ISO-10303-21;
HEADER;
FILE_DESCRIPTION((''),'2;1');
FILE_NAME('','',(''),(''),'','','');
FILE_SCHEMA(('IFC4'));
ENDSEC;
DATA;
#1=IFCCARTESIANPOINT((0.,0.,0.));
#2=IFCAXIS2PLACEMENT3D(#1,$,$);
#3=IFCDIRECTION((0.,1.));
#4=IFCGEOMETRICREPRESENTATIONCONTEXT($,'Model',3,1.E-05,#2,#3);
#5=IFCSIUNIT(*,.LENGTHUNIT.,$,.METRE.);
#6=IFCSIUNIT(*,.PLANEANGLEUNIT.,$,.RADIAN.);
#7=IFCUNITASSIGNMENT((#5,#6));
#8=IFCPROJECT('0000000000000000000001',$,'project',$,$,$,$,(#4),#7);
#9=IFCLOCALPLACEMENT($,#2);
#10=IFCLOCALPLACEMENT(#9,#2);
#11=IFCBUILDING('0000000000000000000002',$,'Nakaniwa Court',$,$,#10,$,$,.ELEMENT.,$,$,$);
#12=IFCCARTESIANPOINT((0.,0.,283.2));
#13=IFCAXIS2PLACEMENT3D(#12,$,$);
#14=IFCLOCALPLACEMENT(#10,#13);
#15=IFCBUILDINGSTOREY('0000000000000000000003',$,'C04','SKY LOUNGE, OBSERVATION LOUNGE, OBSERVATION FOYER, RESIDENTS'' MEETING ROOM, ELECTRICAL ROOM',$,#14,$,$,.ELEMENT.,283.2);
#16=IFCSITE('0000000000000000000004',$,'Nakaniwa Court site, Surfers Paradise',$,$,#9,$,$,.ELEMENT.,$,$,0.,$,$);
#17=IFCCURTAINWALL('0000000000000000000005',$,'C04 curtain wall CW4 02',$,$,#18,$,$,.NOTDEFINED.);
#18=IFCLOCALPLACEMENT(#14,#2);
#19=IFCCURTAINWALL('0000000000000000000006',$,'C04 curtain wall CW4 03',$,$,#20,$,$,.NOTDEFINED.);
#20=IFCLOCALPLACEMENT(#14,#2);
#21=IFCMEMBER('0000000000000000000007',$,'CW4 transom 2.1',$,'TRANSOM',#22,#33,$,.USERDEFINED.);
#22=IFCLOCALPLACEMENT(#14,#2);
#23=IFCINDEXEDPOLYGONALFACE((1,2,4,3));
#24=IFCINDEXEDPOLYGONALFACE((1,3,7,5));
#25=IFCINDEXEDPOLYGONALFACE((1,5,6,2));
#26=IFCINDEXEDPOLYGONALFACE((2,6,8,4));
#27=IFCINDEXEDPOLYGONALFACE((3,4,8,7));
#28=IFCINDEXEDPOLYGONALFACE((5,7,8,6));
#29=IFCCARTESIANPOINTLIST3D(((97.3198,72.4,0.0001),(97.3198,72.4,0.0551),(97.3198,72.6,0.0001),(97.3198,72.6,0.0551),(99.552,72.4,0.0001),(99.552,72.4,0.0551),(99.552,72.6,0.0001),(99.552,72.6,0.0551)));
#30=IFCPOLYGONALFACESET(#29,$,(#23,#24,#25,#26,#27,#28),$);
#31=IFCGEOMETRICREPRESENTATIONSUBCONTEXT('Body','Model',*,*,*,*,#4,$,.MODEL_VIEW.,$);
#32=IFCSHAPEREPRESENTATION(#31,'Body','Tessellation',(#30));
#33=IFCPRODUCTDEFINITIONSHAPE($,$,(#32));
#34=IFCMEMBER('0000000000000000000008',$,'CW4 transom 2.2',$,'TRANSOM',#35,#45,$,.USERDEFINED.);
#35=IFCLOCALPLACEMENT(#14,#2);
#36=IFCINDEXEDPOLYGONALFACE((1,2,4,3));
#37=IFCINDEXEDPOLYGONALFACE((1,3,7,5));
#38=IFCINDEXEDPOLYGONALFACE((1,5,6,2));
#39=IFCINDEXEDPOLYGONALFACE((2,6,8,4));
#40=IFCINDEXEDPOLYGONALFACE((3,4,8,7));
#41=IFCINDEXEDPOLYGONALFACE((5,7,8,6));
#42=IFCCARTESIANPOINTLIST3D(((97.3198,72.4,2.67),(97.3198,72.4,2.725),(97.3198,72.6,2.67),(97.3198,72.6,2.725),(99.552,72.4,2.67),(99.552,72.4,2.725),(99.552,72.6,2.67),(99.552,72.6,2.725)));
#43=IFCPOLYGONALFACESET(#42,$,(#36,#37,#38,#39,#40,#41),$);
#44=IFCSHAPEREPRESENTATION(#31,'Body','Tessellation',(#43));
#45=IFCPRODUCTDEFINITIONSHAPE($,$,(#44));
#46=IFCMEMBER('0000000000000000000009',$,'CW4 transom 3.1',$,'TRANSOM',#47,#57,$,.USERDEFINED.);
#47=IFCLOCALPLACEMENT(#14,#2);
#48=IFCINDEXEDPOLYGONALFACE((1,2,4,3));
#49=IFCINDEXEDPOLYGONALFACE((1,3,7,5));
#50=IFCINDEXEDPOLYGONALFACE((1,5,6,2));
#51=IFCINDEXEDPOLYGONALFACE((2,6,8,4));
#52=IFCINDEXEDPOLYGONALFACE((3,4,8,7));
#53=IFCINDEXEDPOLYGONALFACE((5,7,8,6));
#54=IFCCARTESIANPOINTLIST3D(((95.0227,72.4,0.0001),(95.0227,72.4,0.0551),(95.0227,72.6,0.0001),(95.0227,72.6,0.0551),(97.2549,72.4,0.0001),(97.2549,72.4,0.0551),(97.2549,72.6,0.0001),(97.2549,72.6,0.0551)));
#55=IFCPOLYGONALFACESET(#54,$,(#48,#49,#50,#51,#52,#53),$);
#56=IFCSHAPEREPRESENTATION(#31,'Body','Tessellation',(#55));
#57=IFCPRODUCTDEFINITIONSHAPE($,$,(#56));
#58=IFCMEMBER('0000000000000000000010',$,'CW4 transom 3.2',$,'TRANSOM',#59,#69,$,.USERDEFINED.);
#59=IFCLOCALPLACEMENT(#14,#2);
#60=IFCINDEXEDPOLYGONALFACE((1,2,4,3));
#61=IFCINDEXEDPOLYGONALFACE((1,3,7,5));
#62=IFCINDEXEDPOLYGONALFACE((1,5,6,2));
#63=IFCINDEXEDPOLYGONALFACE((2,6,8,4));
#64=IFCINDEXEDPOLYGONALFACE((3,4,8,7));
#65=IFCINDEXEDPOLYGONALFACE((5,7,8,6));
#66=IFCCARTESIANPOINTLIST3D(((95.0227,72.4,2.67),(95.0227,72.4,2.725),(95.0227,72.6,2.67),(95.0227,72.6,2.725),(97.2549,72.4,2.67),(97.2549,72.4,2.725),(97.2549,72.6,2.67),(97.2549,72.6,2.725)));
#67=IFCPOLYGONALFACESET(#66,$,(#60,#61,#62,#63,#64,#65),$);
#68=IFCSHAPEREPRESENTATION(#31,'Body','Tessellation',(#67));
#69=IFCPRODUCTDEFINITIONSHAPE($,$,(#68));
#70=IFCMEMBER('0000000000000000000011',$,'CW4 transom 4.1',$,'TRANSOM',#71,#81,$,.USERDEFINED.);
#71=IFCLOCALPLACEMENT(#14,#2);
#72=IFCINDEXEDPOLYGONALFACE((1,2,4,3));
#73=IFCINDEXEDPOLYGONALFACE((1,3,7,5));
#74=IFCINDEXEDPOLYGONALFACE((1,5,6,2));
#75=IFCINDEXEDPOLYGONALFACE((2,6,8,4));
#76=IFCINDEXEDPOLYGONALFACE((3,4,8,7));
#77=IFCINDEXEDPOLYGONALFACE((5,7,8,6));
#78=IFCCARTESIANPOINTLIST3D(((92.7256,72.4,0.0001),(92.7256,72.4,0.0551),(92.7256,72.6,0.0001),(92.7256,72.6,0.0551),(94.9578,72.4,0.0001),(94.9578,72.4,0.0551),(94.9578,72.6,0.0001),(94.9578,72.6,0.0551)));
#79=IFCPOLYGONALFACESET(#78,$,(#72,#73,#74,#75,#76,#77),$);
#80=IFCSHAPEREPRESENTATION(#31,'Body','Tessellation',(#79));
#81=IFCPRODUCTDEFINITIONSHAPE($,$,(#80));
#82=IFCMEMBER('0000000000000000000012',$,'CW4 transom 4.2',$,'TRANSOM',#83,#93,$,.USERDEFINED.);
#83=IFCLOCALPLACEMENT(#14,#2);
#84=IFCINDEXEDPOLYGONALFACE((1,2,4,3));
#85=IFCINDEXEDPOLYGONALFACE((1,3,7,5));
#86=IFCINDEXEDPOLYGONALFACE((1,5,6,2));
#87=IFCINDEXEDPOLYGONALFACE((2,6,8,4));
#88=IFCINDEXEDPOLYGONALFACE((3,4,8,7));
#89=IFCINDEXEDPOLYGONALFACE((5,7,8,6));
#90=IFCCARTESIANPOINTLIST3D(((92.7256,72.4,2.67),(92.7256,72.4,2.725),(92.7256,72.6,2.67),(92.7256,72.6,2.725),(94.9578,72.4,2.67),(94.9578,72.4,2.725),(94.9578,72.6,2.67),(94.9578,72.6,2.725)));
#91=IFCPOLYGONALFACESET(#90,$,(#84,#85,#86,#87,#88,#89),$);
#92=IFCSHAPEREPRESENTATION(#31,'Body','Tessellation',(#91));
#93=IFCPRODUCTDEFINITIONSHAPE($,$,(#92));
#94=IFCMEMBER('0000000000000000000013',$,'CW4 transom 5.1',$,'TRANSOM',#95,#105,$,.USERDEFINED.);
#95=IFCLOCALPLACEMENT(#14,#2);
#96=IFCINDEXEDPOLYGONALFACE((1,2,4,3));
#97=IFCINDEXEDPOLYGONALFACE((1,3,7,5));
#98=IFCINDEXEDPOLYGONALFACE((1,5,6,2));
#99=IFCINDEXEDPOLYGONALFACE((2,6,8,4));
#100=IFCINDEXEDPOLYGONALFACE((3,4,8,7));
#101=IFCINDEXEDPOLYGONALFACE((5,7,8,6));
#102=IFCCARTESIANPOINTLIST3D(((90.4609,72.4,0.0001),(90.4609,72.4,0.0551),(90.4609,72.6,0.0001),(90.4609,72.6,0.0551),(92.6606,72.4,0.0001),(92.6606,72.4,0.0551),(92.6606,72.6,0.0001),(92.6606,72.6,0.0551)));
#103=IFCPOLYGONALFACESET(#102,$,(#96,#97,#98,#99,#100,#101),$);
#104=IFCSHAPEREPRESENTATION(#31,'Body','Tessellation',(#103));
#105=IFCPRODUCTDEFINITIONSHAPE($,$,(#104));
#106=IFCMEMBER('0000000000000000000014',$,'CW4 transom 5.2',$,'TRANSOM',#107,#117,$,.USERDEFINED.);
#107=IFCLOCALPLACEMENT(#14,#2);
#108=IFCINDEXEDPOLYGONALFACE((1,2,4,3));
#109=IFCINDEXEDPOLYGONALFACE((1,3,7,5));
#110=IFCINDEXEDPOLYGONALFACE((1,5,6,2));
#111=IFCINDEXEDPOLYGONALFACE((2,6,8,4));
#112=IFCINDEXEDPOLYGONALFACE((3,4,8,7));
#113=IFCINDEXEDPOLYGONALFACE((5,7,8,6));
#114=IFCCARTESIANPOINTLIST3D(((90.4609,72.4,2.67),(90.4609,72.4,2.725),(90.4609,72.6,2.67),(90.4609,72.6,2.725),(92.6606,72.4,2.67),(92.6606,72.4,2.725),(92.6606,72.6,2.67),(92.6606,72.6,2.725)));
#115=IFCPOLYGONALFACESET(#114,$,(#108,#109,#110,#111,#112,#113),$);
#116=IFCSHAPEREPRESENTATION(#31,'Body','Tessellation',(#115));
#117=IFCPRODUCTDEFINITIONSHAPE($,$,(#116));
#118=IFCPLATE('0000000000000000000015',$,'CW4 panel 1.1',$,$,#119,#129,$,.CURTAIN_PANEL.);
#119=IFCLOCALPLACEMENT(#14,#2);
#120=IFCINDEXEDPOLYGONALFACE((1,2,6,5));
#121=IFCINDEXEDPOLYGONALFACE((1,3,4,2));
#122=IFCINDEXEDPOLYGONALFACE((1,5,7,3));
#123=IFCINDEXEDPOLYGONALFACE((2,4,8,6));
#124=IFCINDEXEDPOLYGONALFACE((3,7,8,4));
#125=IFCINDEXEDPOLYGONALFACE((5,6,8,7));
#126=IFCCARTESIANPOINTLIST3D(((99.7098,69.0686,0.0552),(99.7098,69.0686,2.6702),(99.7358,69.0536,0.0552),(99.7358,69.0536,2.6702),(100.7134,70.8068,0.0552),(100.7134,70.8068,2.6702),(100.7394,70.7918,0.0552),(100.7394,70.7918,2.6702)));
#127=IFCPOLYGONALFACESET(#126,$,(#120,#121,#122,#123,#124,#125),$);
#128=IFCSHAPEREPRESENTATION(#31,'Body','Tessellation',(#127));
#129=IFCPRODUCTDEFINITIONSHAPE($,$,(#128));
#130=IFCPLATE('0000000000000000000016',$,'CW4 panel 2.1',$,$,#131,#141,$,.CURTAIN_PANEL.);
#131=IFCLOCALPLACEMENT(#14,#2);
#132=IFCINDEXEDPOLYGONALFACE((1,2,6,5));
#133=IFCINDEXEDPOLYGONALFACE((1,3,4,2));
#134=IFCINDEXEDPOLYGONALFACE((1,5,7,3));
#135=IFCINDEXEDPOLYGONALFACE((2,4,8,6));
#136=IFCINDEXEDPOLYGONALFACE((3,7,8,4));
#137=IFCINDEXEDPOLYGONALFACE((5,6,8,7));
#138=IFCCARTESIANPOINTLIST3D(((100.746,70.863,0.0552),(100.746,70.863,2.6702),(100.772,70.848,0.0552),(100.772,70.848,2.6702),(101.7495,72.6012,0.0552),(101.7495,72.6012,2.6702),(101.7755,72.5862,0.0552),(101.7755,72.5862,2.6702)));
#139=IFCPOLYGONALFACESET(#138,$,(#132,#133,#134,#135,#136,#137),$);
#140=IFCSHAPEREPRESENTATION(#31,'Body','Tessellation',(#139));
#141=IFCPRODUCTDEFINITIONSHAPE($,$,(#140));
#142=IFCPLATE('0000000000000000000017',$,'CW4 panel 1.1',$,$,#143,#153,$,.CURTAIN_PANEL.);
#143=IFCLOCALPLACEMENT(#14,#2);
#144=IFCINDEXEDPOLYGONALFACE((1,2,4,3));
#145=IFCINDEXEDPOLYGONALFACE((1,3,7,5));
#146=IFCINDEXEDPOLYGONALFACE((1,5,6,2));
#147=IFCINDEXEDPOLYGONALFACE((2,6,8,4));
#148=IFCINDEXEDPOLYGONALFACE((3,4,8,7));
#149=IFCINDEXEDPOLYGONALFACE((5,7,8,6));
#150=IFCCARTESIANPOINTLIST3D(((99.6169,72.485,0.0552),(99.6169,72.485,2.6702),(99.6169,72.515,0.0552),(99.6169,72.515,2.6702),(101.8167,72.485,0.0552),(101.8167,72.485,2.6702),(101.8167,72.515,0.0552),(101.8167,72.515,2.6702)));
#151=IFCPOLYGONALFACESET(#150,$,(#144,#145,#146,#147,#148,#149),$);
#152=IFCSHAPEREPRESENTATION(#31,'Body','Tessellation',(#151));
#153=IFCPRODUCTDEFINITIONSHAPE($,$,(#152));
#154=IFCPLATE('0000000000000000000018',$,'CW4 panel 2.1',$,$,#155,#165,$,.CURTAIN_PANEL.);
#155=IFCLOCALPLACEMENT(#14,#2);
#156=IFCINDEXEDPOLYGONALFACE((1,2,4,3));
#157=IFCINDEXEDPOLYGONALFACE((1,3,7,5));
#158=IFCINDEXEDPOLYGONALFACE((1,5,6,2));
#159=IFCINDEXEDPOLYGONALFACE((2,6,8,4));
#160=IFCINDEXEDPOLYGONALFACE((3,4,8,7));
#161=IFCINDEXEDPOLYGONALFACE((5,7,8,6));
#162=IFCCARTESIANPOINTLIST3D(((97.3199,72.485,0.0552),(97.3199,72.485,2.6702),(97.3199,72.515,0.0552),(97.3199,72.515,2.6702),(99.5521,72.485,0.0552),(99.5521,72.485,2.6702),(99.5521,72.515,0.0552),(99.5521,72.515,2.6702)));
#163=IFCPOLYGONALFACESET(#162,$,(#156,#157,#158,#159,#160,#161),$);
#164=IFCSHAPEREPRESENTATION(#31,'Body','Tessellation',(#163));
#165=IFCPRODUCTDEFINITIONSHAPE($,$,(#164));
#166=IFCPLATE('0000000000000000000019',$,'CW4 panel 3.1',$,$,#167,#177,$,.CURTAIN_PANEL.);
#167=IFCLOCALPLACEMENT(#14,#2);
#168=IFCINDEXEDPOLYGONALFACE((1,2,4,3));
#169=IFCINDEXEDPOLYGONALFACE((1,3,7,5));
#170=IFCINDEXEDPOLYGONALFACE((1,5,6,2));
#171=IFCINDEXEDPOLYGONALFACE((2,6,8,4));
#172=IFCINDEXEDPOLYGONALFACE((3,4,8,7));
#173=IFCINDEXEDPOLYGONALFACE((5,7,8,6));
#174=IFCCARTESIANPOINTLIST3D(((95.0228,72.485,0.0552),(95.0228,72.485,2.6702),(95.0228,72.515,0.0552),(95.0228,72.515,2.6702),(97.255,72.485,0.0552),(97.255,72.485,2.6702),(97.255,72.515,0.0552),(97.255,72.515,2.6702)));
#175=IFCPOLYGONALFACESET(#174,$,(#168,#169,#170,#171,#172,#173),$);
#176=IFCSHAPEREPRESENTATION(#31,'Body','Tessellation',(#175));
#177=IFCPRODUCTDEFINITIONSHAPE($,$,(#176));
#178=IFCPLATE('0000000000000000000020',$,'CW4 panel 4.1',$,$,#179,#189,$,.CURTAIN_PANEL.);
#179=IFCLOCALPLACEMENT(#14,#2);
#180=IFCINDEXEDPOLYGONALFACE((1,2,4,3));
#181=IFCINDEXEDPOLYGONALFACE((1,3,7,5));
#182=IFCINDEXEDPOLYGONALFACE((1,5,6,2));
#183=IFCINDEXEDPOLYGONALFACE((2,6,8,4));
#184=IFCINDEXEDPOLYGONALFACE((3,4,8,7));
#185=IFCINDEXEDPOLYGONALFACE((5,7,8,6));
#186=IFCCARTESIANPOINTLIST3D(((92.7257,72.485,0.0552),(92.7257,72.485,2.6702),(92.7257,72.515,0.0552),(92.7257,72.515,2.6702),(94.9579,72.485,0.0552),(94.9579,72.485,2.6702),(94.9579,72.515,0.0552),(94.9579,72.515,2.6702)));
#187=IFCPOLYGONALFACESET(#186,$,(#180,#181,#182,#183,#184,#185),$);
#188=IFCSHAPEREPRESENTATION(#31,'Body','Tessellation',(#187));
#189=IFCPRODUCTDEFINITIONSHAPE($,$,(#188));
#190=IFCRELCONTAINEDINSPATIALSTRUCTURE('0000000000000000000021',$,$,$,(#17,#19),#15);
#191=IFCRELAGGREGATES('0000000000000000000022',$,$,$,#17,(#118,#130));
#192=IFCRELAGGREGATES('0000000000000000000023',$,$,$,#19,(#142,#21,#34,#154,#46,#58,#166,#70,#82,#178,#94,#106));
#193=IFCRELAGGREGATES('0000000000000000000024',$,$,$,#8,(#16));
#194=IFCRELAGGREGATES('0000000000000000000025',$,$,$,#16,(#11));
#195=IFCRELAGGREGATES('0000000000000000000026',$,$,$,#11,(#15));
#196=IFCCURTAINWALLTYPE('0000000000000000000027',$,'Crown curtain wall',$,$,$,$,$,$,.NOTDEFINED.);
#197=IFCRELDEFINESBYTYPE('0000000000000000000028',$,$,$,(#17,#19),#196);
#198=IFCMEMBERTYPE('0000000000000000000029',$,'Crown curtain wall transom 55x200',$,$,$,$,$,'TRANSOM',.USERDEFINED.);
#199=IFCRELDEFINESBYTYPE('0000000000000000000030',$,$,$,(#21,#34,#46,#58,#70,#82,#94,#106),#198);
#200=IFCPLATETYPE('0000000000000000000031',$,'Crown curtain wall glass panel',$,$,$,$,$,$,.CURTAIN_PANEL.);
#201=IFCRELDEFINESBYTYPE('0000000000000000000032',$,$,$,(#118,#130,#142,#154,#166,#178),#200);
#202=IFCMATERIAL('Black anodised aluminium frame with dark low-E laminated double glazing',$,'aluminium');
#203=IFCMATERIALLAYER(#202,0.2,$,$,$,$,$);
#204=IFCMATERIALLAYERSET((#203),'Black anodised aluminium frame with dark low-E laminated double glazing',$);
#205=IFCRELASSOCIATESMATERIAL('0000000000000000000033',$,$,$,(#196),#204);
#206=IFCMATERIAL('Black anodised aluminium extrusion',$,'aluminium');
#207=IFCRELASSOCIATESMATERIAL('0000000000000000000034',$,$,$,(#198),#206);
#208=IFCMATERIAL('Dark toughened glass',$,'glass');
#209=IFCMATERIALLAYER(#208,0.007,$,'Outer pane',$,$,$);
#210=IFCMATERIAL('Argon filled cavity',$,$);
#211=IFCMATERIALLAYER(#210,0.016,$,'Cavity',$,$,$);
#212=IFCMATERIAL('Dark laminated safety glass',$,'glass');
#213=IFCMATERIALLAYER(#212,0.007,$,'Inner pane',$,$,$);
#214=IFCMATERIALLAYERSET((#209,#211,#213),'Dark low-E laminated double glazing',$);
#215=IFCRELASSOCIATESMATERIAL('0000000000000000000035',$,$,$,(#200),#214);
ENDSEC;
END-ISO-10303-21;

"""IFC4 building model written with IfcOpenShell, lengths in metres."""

from ifc_helpers import new_model, si_unit, direction, frame, origin, origin_2d, place, context, subcontext, project, spatial, rectangle, extrude, material, layer, layer_set, material_profile, profile_set, type_object, element, aggregate, save


model = new_model("IFC4")

# Units and contexts
model_context = context("Model", 3, precision=1e-05, world=origin(), true_north=direction((0.0, 1.0)))
body_context = subcontext(model_context, "Body", "Model", "MODEL_VIEW")
ifc_project = project(units=[si_unit("LENGTHUNIT", "METRE"), si_unit("PLANEANGLEUNIT", "RADIAN")], contexts=[model_context])

# Site, building, storey
site_placement = place(None, origin())
site = spatial("IfcSite", under=ifc_project, at=site_placement, Name="Nakaniwa Court site, Surfers Paradise", CompositionType="ELEMENT", RefElevation=0.0)
building_placement = place(site_placement, origin())
building = spatial("IfcBuilding", under=site, at=building_placement, Name="Nakaniwa Court", CompositionType="ELEMENT")
storey_placement = place(building_placement, frame((0.0, 0.0, 283.2)))
storey = spatial("IfcBuildingStorey", under=building, at=storey_placement, Name="C04", Description="SKY LOUNGE, OBSERVATION LOUNGE, OBSERVATION FOYER, RESIDENTS' MEETING ROOM, ELECTRICAL ROOM", CompositionType="ELEMENT", Elevation=283.2)

# Curtain walls
ifc_material_1 = material(Name="Black anodised aluminium frame with dark low-E laminated double glazing", Category="aluminium")
ifc_layer_1 = layer(ifc_material_1, 0.2)
ifc_layer_set_1 = layer_set([ifc_layer_1], Name="Black anodised aluminium frame with dark low-E laminated double glazing")
curtain_wall_type = type_object("IfcCurtainWallType", Name="Crown curtain wall", PredefinedType="NOTDEFINED", material=ifc_layer_set_1)
curtain_wall_1_placement = place(storey_placement, origin())
curtain_wall_1 = element("IfcCurtainWall", 1, at=curtain_wall_1_placement, inside=storey, type_object=curtain_wall_type, Name="C04 curtain wall CW4 02", PredefinedType="NOTDEFINED")
ifc_material_2 = material(Name="Black anodised aluminium extrusion", Category="aluminium")
curtain_wall_2_placement = place(storey_placement, origin())
curtain_wall_2 = element("IfcCurtainWall", 2, at=curtain_wall_2_placement, inside=storey, type_object=curtain_wall_type, Name="C04 curtain wall CW4 03", PredefinedType="NOTDEFINED")

# Members
ifc_material_profile_1 = material_profile(ifc_material_2, rectangle(XDim=0.2, YDim=0.0549, at=origin_2d()), Name="Crown curtain wall transom 55x200")
ifc_profile_set_1 = profile_set([ifc_material_profile_1], Name="Black anodised aluminium extrusion")
member_type_1 = type_object("IfcMemberType", Name="Crown curtain wall transom 55x200", ElementType="TRANSOM", PredefinedType="USERDEFINED", material=ifc_profile_set_1)
member_1_placement = place(storey_placement, frame((99.552, 72.5, 0.0276), z_axis=(-1.0, 0.0, 0.0), x_axis=(0.0, -1.0, 0.0)))
member_1 = element("IfcMember", 3, at=member_1_placement, type_object=member_type_1, Name="CW4 transom 2.1", ObjectType="TRANSOM", PredefinedType="USERDEFINED", context=body_context, shape_type="SweptSolid", body=[
    extrude(rectangle(XDim=0.2, YDim=0.0549, at=origin_2d()), origin(), (0.0, 0.0, 1.0), 2.2322),
])
member_2_placement = place(storey_placement, frame((99.552, 72.5, 2.6975), z_axis=(-1.0, 0.0, 0.0), x_axis=(0.0, -1.0, 0.0)))
member_2 = element("IfcMember", 4, at=member_2_placement, type_object=member_type_1, Name="CW4 transom 2.2", ObjectType="TRANSOM", PredefinedType="USERDEFINED", context=body_context, shape_type="SweptSolid", body=[
    extrude(rectangle(XDim=0.2, YDim=0.0549, at=origin_2d()), origin(), (0.0, 0.0, 1.0), 2.2322),
])
member_3_placement = place(storey_placement, frame((97.2549, 72.5, 0.0276), z_axis=(-1.0, 0.0, 0.0), x_axis=(0.0, -1.0, 0.0)))
member_3 = element("IfcMember", 5, at=member_3_placement, type_object=member_type_1, Name="CW4 transom 3.1", ObjectType="TRANSOM", PredefinedType="USERDEFINED", context=body_context, shape_type="SweptSolid", body=[
    extrude(rectangle(XDim=0.2, YDim=0.0549, at=origin_2d()), origin(), (0.0, 0.0, 1.0), 2.2322),
])
member_4_placement = place(storey_placement, frame((97.2549, 72.5, 2.6975), z_axis=(-1.0, 0.0, 0.0), x_axis=(0.0, -1.0, 0.0)))
member_4 = element("IfcMember", 6, at=member_4_placement, type_object=member_type_1, Name="CW4 transom 3.2", ObjectType="TRANSOM", PredefinedType="USERDEFINED", context=body_context, shape_type="SweptSolid", body=[
    extrude(rectangle(XDim=0.2, YDim=0.0549, at=origin_2d()), origin(), (0.0, 0.0, 1.0), 2.2322),
])
member_5_placement = place(storey_placement, frame((94.9578, 72.5, 0.0276), z_axis=(-1.0, 0.0, 0.0), x_axis=(0.0, -1.0, 0.0)))
member_5 = element("IfcMember", 7, at=member_5_placement, type_object=member_type_1, Name="CW4 transom 4.1", ObjectType="TRANSOM", PredefinedType="USERDEFINED", context=body_context, shape_type="SweptSolid", body=[
    extrude(rectangle(XDim=0.2, YDim=0.0549, at=origin_2d()), origin(), (0.0, 0.0, 1.0), 2.2322),
])
member_6_placement = place(storey_placement, frame((94.9578, 72.5, 2.6975), z_axis=(-1.0, 0.0, 0.0), x_axis=(0.0, -1.0, 0.0)))
member_6 = element("IfcMember", 8, at=member_6_placement, type_object=member_type_1, Name="CW4 transom 4.2", ObjectType="TRANSOM", PredefinedType="USERDEFINED", context=body_context, shape_type="SweptSolid", body=[
    extrude(rectangle(XDim=0.2, YDim=0.0549, at=origin_2d()), origin(), (0.0, 0.0, 1.0), 2.2322),
])
member_7_placement = place(storey_placement, frame((92.6606, 72.5, 0.0276), z_axis=(-1.0, 0.0, 0.0), x_axis=(0.0, -1.0, 0.0)))
member_7 = element("IfcMember", 9, at=member_7_placement, type_object=member_type_1, Name="CW4 transom 5.1", ObjectType="TRANSOM", PredefinedType="USERDEFINED", context=body_context, shape_type="SweptSolid", body=[
    extrude(rectangle(XDim=0.2, YDim=0.0549, at=origin_2d()), origin(), (0.0, 0.0, 1.0), 2.1997),
])
member_8_placement = place(storey_placement, frame((92.6606, 72.5, 2.6975), z_axis=(-1.0, 0.0, 0.0), x_axis=(0.0, -1.0, 0.0)))
member_8 = element("IfcMember", 10, at=member_8_placement, type_object=member_type_1, Name="CW4 transom 5.2", ObjectType="TRANSOM", PredefinedType="USERDEFINED", context=body_context, shape_type="SweptSolid", body=[
    extrude(rectangle(XDim=0.2, YDim=0.0549, at=origin_2d()), origin(), (0.0, 0.0, 1.0), 2.1997),
])

# Plates
ifc_material_3 = material(Name="Dark toughened glass", Category="glass")
ifc_layer_2 = layer(ifc_material_3, 0.007, Name="Outer pane")
ifc_material_4 = material(Name="Argon filled cavity")
ifc_layer_3 = layer(ifc_material_4, 0.016, Name="Cavity")
ifc_material_5 = material(Name="Dark laminated safety glass", Category="glass")
ifc_layer_4 = layer(ifc_material_5, 0.007, Name="Inner pane")
ifc_layer_set_2 = layer_set([ifc_layer_2, ifc_layer_3, ifc_layer_4], Name="Dark low-E laminated double glazing")
plate_type = type_object("IfcPlateType", Name="Crown curtain wall glass panel", PredefinedType="CURTAIN_PANEL", material=ifc_layer_set_2)
plate_1_placement = place(storey_placement, frame((100.2246, 69.9302, 0.0552), z_axis=(0.0, 0.0, 1.0), x_axis=(0.500008, 0.866021, 0.0)))
plate_1 = element("IfcPlate", 11, at=plate_1_placement, type_object=plate_type, Name="CW4 panel 1.1", PredefinedType="CURTAIN_PANEL", context=body_context, shape_type="SweptSolid", body=[
    extrude(rectangle(XDim=2.0071, YDim=0.03, at=origin_2d()), origin(), (0.0, 0.0, 1.0), 2.615),
])
plate_2_placement = place(storey_placement, frame((101.2607, 71.7246, 0.0552), z_axis=(0.0, 0.0, 1.0), x_axis=(0.500008, 0.866021, 0.0)))
plate_2 = element("IfcPlate", 12, at=plate_2_placement, type_object=plate_type, Name="CW4 panel 2.1", PredefinedType="CURTAIN_PANEL", context=body_context, shape_type="SweptSolid", body=[
    extrude(rectangle(XDim=2.0071, YDim=0.03, at=origin_2d()), origin(), (0.0, 0.0, 1.0), 2.615),
])
aggregate(curtain_wall_1, [plate_1, plate_2])
plate_3_placement = place(storey_placement, frame((100.7168, 72.5, 0.0552), z_axis=(0.0, 0.0, 1.0), x_axis=(-1.0, 0.0, 0.0)))
plate_3 = element("IfcPlate", 13, at=plate_3_placement, type_object=plate_type, Name="CW4 panel 1.1", PredefinedType="CURTAIN_PANEL", context=body_context, shape_type="SweptSolid", body=[
    extrude(rectangle(XDim=2.1997, YDim=0.03, at=origin_2d()), origin(), (0.0, 0.0, 1.0), 2.615),
])
plate_4_placement = place(storey_placement, frame((98.436, 72.5, 0.0552), z_axis=(0.0, 0.0, 1.0), x_axis=(-1.0, 0.0, 0.0)))
plate_4 = element("IfcPlate", 14, at=plate_4_placement, type_object=plate_type, Name="CW4 panel 2.1", PredefinedType="CURTAIN_PANEL", context=body_context, shape_type="SweptSolid", body=[
    extrude(rectangle(XDim=2.2322, YDim=0.03, at=origin_2d()), origin(), (0.0, 0.0, 1.0), 2.615),
])
plate_5_placement = place(storey_placement, frame((96.1389, 72.5, 0.0552), z_axis=(0.0, 0.0, 1.0), x_axis=(-1.0, 0.0, 0.0)))
plate_5 = element("IfcPlate", 15, at=plate_5_placement, type_object=plate_type, Name="CW4 panel 3.1", PredefinedType="CURTAIN_PANEL", context=body_context, shape_type="SweptSolid", body=[
    extrude(rectangle(XDim=2.2322, YDim=0.03, at=origin_2d()), origin(), (0.0, 0.0, 1.0), 2.615),
])
plate_6_placement = place(storey_placement, frame((93.8418, 72.5, 0.0552), z_axis=(0.0, 0.0, 1.0), x_axis=(-1.0, 0.0, 0.0)))
plate_6 = element("IfcPlate", 16, at=plate_6_placement, type_object=plate_type, Name="CW4 panel 4.1", PredefinedType="CURTAIN_PANEL", context=body_context, shape_type="SweptSolid", body=[
    extrude(rectangle(XDim=2.2322, YDim=0.03, at=origin_2d()), origin(), (0.0, 0.0, 1.0), 2.615),
])
aggregate(curtain_wall_2, [plate_3, member_1, member_2, plate_4, member_3, member_4, plate_5, member_5, member_6, plate_6, member_7, member_8])

save(model, "model.ifc")
